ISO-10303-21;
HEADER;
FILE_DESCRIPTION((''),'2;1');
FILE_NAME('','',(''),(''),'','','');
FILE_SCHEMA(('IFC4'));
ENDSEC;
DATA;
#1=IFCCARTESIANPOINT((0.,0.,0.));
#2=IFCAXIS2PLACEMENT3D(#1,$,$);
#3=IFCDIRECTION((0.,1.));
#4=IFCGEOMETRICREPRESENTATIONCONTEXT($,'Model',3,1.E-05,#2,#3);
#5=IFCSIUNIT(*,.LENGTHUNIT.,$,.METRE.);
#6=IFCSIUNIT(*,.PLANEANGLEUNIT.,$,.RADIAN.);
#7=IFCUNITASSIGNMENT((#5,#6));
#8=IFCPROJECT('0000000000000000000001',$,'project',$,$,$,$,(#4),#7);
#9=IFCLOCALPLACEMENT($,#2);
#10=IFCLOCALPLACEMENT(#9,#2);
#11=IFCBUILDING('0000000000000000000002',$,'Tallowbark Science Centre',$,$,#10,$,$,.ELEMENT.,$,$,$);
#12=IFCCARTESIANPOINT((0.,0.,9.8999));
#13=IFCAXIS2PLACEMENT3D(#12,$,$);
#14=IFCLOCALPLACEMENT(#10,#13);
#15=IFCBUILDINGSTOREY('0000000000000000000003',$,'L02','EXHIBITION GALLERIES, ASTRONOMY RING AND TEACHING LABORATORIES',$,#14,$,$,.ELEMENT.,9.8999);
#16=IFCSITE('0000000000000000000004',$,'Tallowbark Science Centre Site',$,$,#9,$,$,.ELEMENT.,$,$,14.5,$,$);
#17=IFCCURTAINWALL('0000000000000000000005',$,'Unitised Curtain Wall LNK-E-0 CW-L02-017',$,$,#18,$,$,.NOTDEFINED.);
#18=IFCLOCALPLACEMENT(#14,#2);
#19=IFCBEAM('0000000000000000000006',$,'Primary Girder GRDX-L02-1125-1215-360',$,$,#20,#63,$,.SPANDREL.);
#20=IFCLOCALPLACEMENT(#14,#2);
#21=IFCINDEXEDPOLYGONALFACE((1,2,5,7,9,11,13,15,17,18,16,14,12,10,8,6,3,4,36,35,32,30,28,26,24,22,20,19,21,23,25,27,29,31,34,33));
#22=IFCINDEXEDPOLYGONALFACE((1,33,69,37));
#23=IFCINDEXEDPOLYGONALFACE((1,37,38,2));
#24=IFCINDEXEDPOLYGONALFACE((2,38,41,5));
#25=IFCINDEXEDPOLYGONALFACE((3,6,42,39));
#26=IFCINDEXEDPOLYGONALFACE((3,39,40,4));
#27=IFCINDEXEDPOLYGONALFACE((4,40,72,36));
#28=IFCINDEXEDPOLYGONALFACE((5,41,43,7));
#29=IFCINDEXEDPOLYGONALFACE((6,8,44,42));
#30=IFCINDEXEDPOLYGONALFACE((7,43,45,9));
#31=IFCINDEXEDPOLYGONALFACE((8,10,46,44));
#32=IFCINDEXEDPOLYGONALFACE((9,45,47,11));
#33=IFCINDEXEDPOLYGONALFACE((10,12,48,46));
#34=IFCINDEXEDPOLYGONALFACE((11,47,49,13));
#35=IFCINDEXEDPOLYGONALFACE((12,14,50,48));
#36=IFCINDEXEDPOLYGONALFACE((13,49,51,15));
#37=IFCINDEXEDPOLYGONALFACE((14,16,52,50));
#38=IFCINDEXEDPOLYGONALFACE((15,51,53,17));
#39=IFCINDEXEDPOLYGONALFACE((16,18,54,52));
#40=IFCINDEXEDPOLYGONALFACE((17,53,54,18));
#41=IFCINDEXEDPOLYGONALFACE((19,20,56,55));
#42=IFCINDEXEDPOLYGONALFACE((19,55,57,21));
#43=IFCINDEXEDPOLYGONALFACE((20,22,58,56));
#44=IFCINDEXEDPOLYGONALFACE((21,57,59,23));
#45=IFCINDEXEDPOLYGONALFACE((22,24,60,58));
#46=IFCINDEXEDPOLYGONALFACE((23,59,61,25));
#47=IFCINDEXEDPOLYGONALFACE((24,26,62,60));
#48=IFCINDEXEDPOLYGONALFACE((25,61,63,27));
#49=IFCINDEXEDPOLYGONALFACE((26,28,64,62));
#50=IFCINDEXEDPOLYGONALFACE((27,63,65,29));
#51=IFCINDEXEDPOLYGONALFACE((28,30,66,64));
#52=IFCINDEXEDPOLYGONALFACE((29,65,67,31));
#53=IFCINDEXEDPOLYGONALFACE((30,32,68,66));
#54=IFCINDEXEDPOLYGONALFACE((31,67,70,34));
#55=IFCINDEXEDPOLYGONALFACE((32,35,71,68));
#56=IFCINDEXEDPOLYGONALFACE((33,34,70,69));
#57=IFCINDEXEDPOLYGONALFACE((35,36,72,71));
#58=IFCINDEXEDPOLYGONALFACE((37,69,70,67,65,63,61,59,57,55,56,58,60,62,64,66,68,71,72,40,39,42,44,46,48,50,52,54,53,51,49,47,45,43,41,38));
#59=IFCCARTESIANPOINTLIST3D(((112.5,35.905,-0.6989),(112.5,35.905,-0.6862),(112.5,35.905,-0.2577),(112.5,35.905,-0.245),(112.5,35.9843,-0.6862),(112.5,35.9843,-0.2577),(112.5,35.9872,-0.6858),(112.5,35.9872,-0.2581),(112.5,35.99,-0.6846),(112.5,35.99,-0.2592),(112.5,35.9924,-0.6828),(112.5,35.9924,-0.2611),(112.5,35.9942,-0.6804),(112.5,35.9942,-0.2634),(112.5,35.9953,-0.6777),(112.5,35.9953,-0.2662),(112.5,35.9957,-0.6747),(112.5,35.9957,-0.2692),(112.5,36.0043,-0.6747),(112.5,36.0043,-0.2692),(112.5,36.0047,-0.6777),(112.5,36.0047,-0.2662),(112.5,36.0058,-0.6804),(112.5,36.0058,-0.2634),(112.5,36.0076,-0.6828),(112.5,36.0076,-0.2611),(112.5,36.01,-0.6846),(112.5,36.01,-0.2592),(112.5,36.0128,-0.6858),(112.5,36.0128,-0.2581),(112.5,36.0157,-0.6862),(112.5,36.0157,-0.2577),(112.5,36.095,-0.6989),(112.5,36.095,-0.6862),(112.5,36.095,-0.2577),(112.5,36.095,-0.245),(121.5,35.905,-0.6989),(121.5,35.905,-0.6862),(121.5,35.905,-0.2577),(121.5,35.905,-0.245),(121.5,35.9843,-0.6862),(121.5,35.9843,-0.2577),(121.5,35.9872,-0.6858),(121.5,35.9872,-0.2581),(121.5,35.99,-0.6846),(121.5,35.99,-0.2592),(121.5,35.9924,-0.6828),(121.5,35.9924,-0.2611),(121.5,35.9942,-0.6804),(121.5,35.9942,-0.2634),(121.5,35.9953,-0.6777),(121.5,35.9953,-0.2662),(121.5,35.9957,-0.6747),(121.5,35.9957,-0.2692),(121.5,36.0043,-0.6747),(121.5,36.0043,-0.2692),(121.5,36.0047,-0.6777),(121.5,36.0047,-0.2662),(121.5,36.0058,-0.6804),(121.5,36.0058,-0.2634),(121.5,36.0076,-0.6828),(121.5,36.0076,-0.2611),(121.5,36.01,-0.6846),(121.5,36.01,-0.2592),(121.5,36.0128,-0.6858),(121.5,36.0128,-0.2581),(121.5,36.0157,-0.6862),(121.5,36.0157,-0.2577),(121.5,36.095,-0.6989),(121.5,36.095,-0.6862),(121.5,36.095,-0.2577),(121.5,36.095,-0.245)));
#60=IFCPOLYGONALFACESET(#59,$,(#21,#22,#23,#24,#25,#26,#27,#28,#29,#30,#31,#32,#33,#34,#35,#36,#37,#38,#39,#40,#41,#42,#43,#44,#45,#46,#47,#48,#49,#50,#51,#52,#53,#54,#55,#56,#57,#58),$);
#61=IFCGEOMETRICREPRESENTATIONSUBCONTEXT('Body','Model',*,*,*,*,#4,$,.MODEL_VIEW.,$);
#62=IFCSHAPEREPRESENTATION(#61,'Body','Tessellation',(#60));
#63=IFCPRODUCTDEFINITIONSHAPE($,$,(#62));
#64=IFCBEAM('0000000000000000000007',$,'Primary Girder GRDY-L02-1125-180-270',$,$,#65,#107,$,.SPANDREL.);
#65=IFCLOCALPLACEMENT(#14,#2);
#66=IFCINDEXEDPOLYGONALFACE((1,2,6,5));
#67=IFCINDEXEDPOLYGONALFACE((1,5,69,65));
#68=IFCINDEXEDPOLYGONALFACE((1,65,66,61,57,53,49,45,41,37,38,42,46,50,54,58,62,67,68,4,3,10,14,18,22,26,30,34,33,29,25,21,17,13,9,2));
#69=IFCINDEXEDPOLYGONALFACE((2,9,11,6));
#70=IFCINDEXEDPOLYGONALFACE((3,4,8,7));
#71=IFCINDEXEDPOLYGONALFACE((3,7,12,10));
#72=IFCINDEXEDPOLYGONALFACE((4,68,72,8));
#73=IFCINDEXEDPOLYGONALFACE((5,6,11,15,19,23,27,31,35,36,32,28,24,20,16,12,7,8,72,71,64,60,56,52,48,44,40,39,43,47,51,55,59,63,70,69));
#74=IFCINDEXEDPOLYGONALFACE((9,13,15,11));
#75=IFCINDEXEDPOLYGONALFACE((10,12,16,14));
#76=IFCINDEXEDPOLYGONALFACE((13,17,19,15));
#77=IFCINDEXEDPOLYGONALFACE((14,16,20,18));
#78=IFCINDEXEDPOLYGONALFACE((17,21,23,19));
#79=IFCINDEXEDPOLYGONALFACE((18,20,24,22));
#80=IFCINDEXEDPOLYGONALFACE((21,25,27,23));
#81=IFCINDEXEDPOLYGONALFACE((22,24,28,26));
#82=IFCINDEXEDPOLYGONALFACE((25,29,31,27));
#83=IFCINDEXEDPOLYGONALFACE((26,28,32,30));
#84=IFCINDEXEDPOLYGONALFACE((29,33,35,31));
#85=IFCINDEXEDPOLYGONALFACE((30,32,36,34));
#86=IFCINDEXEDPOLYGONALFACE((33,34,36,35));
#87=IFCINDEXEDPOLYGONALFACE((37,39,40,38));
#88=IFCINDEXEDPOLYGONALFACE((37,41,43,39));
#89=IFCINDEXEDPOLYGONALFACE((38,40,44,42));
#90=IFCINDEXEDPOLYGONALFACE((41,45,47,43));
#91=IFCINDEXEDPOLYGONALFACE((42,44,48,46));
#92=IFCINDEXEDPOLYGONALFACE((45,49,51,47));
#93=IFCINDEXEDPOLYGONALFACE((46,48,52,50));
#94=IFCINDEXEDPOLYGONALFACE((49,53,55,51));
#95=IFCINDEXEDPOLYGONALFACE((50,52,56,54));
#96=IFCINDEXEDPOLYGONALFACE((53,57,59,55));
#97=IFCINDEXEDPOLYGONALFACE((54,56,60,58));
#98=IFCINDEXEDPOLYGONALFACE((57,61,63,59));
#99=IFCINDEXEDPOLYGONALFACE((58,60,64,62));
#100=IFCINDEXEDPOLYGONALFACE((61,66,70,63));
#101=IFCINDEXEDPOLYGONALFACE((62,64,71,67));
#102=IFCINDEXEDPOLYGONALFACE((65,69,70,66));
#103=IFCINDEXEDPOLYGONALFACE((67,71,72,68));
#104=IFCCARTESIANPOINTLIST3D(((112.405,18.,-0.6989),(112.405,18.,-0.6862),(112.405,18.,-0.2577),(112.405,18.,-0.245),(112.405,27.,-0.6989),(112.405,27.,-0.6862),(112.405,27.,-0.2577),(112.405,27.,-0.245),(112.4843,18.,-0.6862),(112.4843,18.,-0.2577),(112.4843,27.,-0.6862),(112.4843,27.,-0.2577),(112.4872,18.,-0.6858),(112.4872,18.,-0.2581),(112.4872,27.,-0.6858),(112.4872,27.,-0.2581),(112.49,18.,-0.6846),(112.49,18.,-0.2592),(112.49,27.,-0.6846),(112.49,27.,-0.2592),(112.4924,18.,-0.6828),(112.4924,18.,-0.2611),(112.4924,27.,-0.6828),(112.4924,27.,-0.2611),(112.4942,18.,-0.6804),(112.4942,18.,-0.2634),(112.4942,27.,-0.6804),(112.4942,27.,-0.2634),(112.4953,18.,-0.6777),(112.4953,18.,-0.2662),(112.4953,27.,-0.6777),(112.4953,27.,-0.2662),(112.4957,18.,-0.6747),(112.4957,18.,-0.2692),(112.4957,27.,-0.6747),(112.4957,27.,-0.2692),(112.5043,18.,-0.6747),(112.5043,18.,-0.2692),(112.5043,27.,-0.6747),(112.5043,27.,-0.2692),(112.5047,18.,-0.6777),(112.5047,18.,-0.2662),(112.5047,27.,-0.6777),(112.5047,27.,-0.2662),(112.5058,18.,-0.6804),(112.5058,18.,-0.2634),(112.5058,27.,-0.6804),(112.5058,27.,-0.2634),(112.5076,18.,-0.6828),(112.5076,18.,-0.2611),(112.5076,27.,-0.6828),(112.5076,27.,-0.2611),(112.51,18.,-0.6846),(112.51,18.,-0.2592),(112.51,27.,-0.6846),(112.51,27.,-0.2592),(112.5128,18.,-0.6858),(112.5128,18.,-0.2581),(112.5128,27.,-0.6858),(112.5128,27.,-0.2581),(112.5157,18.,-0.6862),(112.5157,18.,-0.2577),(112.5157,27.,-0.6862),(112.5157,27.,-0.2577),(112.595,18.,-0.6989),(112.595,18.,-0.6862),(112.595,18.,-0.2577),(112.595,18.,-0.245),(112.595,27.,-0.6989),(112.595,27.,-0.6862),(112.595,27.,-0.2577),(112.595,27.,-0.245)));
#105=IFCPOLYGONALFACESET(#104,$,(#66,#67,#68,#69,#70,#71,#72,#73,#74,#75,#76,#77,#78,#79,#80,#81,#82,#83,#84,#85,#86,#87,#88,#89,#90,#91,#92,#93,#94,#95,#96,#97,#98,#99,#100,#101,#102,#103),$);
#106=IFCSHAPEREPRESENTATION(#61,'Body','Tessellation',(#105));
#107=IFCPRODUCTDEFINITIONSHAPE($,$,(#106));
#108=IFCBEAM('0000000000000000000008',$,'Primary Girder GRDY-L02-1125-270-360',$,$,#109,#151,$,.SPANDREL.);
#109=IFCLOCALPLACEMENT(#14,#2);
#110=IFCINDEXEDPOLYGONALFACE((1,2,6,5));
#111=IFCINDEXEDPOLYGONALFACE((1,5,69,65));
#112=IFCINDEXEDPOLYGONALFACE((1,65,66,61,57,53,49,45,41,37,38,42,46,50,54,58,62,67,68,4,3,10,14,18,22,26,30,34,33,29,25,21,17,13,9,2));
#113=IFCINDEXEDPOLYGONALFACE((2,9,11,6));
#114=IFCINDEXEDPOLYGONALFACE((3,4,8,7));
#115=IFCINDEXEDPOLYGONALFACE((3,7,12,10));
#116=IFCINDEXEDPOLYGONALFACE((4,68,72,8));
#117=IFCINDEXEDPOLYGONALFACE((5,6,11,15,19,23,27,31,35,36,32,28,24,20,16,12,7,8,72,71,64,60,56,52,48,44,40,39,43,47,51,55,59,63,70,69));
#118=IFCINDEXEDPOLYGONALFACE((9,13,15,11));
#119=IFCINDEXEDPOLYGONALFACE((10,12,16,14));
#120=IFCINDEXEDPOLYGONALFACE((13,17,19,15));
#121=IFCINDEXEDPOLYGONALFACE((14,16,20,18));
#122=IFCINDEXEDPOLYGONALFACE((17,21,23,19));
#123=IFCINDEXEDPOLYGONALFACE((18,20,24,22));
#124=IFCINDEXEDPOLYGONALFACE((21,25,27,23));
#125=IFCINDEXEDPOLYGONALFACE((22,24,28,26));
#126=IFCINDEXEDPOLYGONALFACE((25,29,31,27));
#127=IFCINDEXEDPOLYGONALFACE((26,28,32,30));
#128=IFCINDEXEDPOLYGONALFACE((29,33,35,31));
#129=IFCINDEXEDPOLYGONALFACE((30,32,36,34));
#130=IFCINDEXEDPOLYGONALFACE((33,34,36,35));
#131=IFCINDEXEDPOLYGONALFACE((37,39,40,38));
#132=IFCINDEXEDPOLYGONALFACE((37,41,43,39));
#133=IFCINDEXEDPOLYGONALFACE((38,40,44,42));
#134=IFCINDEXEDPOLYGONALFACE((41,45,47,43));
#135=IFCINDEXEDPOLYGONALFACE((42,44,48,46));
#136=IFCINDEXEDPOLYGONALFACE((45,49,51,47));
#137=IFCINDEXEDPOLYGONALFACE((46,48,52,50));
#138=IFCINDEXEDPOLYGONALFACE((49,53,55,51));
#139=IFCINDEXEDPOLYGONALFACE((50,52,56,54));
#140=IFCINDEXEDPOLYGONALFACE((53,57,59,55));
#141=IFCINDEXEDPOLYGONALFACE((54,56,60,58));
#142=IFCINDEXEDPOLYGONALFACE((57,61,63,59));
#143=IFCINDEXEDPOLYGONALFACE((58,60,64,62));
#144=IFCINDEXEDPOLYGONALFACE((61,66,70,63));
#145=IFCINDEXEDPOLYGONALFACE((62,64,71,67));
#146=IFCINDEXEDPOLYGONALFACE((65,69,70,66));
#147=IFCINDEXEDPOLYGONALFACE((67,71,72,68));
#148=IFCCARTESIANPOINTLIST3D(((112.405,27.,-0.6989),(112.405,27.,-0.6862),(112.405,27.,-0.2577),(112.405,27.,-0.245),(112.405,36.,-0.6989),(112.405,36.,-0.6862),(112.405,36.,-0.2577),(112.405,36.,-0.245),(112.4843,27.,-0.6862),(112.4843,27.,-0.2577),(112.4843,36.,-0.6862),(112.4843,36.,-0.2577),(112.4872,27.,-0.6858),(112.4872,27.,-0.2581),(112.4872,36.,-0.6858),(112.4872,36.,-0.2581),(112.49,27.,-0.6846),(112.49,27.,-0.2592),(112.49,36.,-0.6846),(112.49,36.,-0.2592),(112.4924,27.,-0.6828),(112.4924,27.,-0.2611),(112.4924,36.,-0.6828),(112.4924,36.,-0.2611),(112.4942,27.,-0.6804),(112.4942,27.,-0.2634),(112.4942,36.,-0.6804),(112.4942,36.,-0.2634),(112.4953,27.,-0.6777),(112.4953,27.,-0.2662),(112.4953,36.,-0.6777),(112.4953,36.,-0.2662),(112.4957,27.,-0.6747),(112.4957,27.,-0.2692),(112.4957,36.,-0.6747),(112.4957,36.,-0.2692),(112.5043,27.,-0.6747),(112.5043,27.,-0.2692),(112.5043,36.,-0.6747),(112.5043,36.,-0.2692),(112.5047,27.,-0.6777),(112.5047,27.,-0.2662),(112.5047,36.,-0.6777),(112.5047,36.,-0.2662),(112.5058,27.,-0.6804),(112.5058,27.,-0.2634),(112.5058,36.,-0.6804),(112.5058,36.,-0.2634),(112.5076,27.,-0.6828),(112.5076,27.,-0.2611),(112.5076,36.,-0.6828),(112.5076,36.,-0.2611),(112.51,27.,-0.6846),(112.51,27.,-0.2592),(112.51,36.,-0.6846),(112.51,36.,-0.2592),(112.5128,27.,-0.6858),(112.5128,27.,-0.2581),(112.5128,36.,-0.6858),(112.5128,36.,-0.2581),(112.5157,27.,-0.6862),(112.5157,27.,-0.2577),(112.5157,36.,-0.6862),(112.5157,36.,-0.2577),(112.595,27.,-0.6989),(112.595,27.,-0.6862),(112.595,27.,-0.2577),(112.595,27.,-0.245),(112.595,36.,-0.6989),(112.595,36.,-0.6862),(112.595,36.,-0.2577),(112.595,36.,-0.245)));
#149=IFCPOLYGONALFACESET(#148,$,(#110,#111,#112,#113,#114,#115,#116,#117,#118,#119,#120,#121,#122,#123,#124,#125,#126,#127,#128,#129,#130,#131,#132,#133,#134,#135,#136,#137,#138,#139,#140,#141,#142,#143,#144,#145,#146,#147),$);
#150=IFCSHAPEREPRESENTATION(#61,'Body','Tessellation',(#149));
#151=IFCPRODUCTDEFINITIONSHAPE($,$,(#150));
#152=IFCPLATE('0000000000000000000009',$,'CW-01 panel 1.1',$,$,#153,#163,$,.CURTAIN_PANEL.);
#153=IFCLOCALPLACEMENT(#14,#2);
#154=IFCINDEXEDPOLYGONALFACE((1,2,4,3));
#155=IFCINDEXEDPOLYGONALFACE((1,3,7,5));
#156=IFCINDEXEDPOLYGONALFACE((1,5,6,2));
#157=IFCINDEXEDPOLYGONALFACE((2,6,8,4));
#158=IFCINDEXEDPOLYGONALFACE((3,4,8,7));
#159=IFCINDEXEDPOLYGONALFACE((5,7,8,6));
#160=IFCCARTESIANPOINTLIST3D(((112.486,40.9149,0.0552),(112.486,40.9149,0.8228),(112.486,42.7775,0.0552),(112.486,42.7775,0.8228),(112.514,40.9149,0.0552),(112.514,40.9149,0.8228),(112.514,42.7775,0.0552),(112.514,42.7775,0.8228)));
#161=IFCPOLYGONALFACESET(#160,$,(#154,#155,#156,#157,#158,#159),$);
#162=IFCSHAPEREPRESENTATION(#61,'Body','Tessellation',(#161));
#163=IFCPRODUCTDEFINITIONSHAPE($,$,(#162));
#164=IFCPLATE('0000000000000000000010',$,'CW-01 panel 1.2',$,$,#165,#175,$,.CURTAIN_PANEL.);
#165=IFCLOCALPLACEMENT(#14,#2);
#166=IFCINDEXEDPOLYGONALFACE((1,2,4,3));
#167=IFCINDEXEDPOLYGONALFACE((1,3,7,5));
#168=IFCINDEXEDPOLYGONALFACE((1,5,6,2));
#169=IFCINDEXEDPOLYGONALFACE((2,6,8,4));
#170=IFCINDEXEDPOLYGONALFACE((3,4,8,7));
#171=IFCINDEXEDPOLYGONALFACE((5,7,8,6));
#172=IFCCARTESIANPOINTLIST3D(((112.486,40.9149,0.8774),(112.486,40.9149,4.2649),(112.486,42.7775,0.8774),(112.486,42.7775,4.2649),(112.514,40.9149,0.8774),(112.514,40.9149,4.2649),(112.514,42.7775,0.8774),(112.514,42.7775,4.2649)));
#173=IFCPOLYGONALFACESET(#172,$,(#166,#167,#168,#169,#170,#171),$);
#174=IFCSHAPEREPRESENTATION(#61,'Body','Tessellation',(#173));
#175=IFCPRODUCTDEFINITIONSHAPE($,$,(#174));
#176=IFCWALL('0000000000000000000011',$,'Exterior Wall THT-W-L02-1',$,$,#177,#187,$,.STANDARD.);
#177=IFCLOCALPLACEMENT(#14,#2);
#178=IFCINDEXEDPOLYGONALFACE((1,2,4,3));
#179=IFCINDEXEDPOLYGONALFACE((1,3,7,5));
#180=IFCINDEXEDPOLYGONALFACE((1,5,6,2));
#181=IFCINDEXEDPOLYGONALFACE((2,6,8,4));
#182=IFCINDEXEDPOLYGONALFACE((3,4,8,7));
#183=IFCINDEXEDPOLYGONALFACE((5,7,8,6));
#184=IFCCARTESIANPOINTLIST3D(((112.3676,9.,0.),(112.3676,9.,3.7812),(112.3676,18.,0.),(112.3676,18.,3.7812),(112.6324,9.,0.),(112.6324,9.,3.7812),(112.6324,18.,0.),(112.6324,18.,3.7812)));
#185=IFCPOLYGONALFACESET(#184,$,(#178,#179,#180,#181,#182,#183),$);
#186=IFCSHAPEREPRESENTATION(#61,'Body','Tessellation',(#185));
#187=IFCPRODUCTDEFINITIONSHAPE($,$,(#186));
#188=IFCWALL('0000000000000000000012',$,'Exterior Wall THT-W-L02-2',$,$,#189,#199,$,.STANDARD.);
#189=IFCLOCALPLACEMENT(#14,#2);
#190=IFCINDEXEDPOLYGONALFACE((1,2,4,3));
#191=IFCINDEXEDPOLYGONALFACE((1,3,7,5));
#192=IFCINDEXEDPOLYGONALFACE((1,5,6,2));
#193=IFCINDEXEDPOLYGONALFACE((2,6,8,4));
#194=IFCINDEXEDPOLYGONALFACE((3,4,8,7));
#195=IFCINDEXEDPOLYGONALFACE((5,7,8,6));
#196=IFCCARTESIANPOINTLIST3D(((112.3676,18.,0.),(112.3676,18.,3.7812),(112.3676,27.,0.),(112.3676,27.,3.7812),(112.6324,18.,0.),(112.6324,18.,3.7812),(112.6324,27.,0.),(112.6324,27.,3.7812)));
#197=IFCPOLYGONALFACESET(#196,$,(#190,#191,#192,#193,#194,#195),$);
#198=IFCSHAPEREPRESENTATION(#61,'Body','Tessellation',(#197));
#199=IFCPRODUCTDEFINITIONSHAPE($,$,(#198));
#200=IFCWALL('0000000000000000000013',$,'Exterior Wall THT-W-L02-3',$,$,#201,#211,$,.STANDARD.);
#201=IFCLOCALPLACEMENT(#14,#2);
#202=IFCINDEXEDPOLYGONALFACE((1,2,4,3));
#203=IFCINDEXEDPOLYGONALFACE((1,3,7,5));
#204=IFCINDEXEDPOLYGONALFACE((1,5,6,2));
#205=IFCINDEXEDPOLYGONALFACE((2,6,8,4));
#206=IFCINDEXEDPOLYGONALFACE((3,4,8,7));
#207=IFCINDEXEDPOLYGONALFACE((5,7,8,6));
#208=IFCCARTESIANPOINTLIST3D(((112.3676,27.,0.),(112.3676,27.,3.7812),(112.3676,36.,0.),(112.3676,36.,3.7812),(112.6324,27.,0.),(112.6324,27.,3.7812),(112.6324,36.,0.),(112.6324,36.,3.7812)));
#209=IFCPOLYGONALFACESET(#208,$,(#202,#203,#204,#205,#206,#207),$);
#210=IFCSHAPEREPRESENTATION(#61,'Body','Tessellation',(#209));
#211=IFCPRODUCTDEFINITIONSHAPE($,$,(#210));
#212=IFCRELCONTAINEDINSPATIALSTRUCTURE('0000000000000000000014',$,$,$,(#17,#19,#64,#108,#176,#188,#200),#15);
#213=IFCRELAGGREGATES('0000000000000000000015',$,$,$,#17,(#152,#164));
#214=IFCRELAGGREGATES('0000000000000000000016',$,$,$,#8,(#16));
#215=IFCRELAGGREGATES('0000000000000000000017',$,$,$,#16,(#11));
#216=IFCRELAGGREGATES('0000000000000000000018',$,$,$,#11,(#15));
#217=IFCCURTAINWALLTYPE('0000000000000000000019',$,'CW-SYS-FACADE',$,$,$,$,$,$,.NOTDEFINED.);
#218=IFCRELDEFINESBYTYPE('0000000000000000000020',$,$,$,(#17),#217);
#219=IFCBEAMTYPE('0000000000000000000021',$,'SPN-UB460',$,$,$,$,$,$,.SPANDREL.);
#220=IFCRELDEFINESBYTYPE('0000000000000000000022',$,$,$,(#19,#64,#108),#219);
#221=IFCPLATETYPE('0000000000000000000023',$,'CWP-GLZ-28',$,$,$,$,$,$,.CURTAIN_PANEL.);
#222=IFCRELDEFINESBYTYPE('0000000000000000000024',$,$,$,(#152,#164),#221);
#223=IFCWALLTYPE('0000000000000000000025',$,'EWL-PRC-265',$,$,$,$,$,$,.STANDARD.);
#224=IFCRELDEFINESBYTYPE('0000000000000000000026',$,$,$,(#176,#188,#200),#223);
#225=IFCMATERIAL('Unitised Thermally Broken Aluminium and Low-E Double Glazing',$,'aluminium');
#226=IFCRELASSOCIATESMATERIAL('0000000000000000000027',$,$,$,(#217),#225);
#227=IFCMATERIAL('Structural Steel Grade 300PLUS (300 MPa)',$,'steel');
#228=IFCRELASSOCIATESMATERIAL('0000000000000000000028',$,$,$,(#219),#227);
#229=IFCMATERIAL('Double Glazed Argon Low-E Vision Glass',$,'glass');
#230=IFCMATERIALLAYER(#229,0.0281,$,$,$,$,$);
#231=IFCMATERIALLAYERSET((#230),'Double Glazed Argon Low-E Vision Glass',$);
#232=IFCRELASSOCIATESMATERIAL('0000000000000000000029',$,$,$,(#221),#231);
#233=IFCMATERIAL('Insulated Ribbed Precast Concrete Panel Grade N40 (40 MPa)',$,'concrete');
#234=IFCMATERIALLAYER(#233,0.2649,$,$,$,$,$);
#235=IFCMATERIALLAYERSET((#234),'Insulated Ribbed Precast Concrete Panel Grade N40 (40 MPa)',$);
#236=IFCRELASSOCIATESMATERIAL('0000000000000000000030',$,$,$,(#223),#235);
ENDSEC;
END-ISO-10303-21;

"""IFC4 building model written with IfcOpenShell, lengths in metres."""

from ifc_helpers import new_model, si_unit, direction, frame, frame_2d, origin, origin_2d, place, context, subcontext, project, spatial, rectangle, i_section, extrude, material, layer, layer_set, material_profile, profile_set, type_object, element, aggregate, save


model = new_model("IFC4")

# Units and contexts
model_context = context("Model", 3, precision=1e-05, world=origin(), true_north=direction((0.0, 1.0)))
body_context = subcontext(model_context, "Body", "Model", "MODEL_VIEW")
ifc_project = project(units=[si_unit("LENGTHUNIT", "METRE"), si_unit("PLANEANGLEUNIT", "RADIAN")], contexts=[model_context])

# Site, building, storey
site_placement = place(None, origin())
site = spatial("IfcSite", under=ifc_project, at=site_placement, Name="Tallowbark Science Centre Site", CompositionType="ELEMENT", RefElevation=14.5)
building_placement = place(site_placement, origin())
building = spatial("IfcBuilding", under=site, at=building_placement, Name="Tallowbark Science Centre", CompositionType="ELEMENT")
storey_placement = place(building_placement, frame((0.0, 0.0, 9.8999)))
storey = spatial("IfcBuildingStorey", under=building, at=storey_placement, Name="L02", Description="EXHIBITION GALLERIES, ASTRONOMY RING AND TEACHING LABORATORIES", CompositionType="ELEMENT", Elevation=9.8999)

# Shared definitions
ifc_material_1 = material(Name="Structural Steel Grade 300PLUS (300 MPa)", Category="steel")

# Curtain wall
ifc_material_2 = material(Name="Unitised Thermally Broken Aluminium and Low-E Double Glazing", Category="aluminium")
curtain_wall_type = type_object("IfcCurtainWallType", Name="CW-SYS-FACADE", PredefinedType="NOTDEFINED", material=ifc_material_2)
curtain_wall_placement = place(storey_placement, origin())
curtain_wall = element("IfcCurtainWall", 1, at=curtain_wall_placement, inside=storey, type_object=curtain_wall_type, Name="Unitised Curtain Wall LNK-E-0 CW-L02-017", PredefinedType="NOTDEFINED")

# Beams
ifc_material_profile_1 = material_profile(ifc_material_1, i_section(OverallWidth=0.1899, OverallDepth=0.4539, WebThickness=0.0085, FlangeThickness=0.0127, FilletRadius=0.0115, at=origin_2d()), Name="460UB67.1")
ifc_profile_set_1 = profile_set([ifc_material_profile_1], Name="Structural Steel Grade 300PLUS (300 MPa)")
beam_type_1 = type_object("IfcBeamType", Name="SPN-UB460", PredefinedType="SPANDREL", material=ifc_profile_set_1)
for number, where, z_axis, x_axis, name in (
    (2, (112.5, 36.0, -0.4719), (1.0, 0.0, 0.0), (0.0, 1.0, 0.0), "Primary Girder GRDX-L02-1125-1215-360"),
    (3, (112.5, 18.0, -0.4719), (0.0, 1.0, 0.0), (-1.0, 0.0, 0.0), "Primary Girder GRDY-L02-1125-180-270"),
    (4, (112.5, 27.0, -0.4719), (0.0, 1.0, 0.0), (-1.0, 0.0, 0.0), "Primary Girder GRDY-L02-1125-270-360"),
):
    element("IfcBeam", number, at=place(storey_placement, frame(where, z_axis=z_axis, x_axis=x_axis)), inside=storey, type_object=beam_type_1, Name=name, PredefinedType="SPANDREL", context=body_context, shape_type="SweptSolid", body=[
        extrude(i_section(OverallWidth=0.1899, OverallDepth=0.4539, WebThickness=0.0085, FlangeThickness=0.0127, FilletRadius=0.0115, at=origin_2d()), origin(), (0.0, 0.0, 1.0), 9.0),
    ])

# Plates
ifc_material_3 = material(Name="Double Glazed Argon Low-E Vision Glass", Category="glass")
ifc_layer_1 = layer(ifc_material_3, 0.0281)
ifc_layer_set_1 = layer_set([ifc_layer_1], Name="Double Glazed Argon Low-E Vision Glass")
plate_type = type_object("IfcPlateType", Name="CWP-GLZ-28", PredefinedType="CURTAIN_PANEL", material=ifc_layer_set_1)
plate_1_placement = place(storey_placement, frame((112.5, 41.8462, 0.0552), z_axis=(0.0, 0.0, 1.0), x_axis=(0.0, 1.0, 0.0)))
plate_1 = element("IfcPlate", 5, at=plate_1_placement, type_object=plate_type, Name="CW-01 panel 1.1", PredefinedType="CURTAIN_PANEL", context=body_context, shape_type="SweptSolid", body=[
    extrude(rectangle(XDim=1.8625, YDim=0.0281, at=origin_2d()), origin(), (0.0, 0.0, 1.0), 0.7676),
])
plate_2_placement = place(storey_placement, frame((112.5, 41.8462, 0.8774), z_axis=(0.0, 0.0, 1.0), x_axis=(0.0, 1.0, 0.0)))
plate_2 = element("IfcPlate", 6, at=plate_2_placement, type_object=plate_type, Name="CW-01 panel 1.2", PredefinedType="CURTAIN_PANEL", context=body_context, shape_type="SweptSolid", body=[
    extrude(rectangle(XDim=1.8625, YDim=0.0281, at=origin_2d()), origin(), (0.0, 0.0, 1.0), 3.3875),
])
aggregate(curtain_wall, [plate_1, plate_2])

# Walls
ifc_material_4 = material(Name="Insulated Ribbed Precast Concrete Panel Grade N40 (40 MPa)", Category="concrete")
ifc_layer_2 = layer(ifc_material_4, 0.2649)
ifc_layer_set_2 = layer_set([ifc_layer_2], Name="Insulated Ribbed Precast Concrete Panel Grade N40 (40 MPa)")
wall_type = type_object("IfcWallType", Name="EWL-PRC-265", PredefinedType="STANDARD", material=ifc_layer_set_2)
for number, where, z_axis, x_axis, name in (
    (7, (112.5, 18.0, 0.0), (0.0, 0.0, 1.0), (0.0, -1.0, 0.0), "Exterior Wall THT-W-L02-1"),
    (8, (112.5, 27.0, 0.0), (0.0, 0.0, 1.0), (0.0, -1.0, 0.0), "Exterior Wall THT-W-L02-2"),
    (9, (112.5, 36.0, 0.0), (0.0, 0.0, 1.0), (0.0, -1.0, 0.0), "Exterior Wall THT-W-L02-3"),
):
    element("IfcWall", number, at=place(storey_placement, frame(where, z_axis=z_axis, x_axis=x_axis)), inside=storey, type_object=wall_type, Name=name, PredefinedType="STANDARD", context=body_context, shape_type="SweptSolid", body=[
        extrude(rectangle(XDim=9.0, YDim=0.2649, at=frame_2d((4.5, 0.0))), origin(), (0.0, 0.0, 1.0), 3.7812),
    ])

save(model, "model.ifc")
